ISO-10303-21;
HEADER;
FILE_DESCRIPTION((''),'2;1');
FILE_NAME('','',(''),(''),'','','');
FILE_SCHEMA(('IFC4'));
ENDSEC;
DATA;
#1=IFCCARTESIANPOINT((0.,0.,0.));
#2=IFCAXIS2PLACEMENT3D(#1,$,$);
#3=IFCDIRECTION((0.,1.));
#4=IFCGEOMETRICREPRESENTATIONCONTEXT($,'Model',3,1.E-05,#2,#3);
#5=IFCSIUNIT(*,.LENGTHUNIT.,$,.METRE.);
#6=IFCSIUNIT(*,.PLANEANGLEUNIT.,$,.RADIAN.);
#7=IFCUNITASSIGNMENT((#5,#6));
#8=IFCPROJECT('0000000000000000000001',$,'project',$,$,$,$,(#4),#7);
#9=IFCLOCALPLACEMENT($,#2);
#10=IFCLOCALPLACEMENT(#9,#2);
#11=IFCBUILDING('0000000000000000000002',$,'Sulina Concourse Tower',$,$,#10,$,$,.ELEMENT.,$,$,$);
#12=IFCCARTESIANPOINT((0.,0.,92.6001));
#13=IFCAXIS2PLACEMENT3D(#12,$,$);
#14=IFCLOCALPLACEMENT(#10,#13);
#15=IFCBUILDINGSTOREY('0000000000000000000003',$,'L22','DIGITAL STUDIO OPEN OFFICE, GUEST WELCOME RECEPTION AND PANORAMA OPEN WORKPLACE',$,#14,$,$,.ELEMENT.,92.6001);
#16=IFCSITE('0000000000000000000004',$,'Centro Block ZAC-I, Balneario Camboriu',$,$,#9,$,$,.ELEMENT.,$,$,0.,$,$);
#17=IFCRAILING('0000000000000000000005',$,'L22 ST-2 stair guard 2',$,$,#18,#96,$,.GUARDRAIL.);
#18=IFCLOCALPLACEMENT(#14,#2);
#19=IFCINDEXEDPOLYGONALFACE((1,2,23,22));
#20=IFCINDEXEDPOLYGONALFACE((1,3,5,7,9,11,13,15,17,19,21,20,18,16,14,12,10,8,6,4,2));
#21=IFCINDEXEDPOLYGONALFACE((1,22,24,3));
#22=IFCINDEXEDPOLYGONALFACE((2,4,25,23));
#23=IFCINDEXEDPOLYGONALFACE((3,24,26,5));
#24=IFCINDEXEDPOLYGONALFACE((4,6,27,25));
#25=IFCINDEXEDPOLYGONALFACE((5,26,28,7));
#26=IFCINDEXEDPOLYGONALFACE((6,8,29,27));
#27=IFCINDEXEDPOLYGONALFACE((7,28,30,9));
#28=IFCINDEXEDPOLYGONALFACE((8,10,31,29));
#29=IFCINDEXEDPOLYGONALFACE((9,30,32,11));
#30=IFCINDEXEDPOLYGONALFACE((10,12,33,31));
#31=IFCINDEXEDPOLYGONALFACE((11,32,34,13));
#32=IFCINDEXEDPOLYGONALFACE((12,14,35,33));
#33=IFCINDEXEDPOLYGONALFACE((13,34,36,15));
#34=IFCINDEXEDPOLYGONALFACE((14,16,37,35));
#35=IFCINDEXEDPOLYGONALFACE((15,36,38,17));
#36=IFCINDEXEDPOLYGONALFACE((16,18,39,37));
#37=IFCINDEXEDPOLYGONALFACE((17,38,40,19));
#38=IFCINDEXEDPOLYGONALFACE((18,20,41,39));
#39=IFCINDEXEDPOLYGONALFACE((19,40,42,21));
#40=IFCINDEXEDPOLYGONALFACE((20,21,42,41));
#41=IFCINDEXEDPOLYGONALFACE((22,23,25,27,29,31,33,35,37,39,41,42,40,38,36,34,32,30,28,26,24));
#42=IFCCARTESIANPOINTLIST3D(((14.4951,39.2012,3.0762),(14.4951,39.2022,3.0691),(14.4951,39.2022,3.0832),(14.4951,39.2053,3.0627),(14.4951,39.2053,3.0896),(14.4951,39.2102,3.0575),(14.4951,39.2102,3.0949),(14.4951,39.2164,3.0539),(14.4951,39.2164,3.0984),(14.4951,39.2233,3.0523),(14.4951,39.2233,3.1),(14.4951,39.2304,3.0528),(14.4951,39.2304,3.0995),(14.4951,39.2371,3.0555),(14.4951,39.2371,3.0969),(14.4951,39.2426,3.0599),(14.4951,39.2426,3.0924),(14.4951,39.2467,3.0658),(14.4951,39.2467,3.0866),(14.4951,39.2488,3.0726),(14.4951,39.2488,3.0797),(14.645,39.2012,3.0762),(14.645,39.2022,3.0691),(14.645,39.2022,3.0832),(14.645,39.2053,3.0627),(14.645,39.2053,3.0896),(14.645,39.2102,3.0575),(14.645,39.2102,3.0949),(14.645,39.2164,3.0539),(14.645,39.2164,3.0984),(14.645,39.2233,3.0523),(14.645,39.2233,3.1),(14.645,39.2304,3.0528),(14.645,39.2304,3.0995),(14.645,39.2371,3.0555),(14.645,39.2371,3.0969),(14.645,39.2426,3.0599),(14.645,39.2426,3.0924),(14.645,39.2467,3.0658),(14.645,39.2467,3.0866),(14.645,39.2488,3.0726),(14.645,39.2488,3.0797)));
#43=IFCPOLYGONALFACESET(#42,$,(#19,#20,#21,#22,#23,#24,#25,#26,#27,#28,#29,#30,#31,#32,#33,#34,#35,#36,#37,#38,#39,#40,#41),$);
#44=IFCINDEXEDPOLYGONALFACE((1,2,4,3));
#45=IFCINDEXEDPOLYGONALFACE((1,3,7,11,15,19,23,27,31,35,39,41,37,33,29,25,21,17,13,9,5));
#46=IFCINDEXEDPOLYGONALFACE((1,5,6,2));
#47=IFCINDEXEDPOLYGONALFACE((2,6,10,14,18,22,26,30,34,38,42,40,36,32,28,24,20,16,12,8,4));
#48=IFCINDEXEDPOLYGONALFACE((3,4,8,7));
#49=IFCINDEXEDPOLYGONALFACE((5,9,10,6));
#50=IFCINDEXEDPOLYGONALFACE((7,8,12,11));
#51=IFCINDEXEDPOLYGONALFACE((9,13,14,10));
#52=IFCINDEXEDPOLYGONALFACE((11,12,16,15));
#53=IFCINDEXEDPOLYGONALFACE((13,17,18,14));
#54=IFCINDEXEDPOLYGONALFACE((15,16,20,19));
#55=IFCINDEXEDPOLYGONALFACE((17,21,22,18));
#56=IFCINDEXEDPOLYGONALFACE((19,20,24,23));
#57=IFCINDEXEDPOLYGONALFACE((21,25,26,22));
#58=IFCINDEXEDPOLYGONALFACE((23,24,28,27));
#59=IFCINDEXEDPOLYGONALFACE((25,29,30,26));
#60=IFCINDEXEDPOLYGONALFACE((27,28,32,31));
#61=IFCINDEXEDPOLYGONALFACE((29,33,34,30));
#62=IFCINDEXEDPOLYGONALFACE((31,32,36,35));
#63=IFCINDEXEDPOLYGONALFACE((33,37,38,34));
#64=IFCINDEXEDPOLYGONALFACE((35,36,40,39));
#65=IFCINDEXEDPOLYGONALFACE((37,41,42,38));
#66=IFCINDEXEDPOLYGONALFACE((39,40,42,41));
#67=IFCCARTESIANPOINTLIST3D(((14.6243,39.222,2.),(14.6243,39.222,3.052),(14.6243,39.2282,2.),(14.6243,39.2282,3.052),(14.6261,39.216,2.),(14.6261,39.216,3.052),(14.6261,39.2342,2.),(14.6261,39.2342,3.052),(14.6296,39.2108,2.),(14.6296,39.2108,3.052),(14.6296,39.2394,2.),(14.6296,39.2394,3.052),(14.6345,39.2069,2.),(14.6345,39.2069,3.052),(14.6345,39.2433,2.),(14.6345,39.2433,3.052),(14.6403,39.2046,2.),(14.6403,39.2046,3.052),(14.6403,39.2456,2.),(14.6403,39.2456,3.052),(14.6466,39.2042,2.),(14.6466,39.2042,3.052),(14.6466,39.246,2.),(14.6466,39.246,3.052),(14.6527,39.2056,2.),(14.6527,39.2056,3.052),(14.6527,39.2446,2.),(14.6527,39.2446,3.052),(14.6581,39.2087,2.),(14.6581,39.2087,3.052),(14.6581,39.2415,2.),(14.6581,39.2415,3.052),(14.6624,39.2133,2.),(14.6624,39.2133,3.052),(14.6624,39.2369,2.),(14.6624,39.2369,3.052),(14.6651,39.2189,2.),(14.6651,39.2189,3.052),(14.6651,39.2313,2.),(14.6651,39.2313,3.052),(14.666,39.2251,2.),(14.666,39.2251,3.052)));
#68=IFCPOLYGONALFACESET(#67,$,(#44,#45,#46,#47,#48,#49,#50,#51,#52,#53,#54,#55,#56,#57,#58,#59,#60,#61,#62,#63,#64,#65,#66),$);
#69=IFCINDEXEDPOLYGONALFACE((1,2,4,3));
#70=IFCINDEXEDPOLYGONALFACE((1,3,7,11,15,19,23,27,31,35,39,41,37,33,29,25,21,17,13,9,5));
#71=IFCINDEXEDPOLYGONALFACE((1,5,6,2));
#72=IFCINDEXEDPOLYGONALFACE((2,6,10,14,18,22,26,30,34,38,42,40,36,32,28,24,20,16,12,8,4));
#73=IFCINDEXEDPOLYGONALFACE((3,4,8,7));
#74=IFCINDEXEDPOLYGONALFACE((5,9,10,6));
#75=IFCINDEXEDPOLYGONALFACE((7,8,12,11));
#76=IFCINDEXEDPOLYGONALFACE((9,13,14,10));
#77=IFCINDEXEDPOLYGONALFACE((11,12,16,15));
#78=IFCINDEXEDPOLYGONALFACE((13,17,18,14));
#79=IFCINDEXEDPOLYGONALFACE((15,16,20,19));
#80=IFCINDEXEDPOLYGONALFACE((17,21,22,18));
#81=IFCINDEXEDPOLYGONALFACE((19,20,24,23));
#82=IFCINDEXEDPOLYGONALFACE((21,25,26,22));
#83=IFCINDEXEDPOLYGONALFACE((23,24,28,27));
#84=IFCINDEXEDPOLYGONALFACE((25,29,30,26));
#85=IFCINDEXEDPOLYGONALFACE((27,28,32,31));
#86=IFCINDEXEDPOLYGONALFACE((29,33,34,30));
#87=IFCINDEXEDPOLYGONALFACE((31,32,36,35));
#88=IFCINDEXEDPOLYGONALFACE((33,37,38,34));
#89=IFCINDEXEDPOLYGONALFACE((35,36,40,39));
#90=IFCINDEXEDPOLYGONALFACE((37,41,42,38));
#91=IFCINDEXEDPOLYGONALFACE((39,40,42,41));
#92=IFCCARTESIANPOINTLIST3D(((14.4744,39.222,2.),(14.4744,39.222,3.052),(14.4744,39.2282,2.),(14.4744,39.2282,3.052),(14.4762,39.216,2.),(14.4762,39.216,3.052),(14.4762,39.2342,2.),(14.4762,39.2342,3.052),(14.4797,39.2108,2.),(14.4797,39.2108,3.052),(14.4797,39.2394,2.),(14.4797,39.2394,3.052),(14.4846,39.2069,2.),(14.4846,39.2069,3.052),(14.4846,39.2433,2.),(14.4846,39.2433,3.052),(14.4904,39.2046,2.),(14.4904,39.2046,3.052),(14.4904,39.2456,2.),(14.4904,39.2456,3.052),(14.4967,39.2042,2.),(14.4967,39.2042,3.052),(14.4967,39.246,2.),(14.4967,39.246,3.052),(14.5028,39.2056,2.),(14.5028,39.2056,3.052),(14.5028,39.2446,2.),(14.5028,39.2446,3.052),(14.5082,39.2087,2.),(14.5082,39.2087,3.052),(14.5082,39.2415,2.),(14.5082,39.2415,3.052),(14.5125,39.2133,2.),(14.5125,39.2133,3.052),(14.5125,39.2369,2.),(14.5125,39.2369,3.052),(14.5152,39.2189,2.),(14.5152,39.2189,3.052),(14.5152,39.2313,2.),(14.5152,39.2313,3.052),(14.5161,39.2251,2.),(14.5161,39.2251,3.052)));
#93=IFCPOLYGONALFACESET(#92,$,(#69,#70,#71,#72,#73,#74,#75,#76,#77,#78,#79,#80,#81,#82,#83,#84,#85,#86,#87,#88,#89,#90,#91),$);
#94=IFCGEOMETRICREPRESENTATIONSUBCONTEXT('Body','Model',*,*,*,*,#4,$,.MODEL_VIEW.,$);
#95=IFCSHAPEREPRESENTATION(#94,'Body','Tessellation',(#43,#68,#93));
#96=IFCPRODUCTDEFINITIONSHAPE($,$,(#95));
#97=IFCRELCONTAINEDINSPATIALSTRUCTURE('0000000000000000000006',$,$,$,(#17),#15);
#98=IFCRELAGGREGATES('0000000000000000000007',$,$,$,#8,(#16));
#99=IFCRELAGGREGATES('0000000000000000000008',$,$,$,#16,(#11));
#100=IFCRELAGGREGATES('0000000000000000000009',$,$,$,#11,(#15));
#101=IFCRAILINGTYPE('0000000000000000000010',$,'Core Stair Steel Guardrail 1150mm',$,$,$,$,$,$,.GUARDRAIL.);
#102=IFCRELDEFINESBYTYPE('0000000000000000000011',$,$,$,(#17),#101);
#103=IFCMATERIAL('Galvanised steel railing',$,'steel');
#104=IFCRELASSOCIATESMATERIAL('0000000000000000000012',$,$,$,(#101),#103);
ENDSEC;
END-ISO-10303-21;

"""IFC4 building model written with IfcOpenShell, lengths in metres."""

from ifc_helpers import new_model, si_unit, direction, frame, origin, origin_2d, place, context, subcontext, project, spatial, circle, extrude, material, type_object, element, save


model = new_model("IFC4")

# Units and contexts
model_context = context("Model", 3, precision=1e-05, world=origin(), true_north=direction((0.0, 1.0)))
body_context = subcontext(model_context, "Body", "Model", "MODEL_VIEW")
ifc_project = project(units=[si_unit("LENGTHUNIT", "METRE"), si_unit("PLANEANGLEUNIT", "RADIAN")], contexts=[model_context])

# Site, building, storey
site_placement = place(None, origin())
site = spatial("IfcSite", under=ifc_project, at=site_placement, Name="Centro Block ZAC-I, Balneario Camboriu", CompositionType="ELEMENT", RefElevation=0.0)
building_placement = place(site_placement, origin())
building = spatial("IfcBuilding", under=site, at=building_placement, Name="Sulina Concourse Tower", CompositionType="ELEMENT")
storey_placement = place(building_placement, frame((0.0, 0.0, 92.6001)))
storey = spatial("IfcBuildingStorey", under=building, at=storey_placement, Name="L22", Description="DIGITAL STUDIO OPEN OFFICE, GUEST WELCOME RECEPTION AND PANORAMA OPEN WORKPLACE", CompositionType="ELEMENT", Elevation=92.6001)

# Railing
ifc_material_1 = material(Name="Galvanised steel railing", Category="steel")
railing_type_1 = type_object("IfcRailingType", Name="Core Stair Steel Guardrail 1150mm", PredefinedType="GUARDRAIL", material=ifc_material_1)
railing_1_placement = place(storey_placement, frame((14.645, 39.2251, 2.0)))
element("IfcRailing", 1, at=railing_1_placement, inside=storey, type_object=railing_type_1, Name="L22 ST-2 stair guard 2", PredefinedType="GUARDRAIL", context=body_context, shape_type="SweptSolid", body=[
    extrude(circle(Radius=0.0239, at=origin_2d()), frame((0.0, 0.0, 1.0762), z_axis=(-1.0, 0.0, 0.0), x_axis=(0.0, -1.0, 0.0)), (0.0, 0.0, 1.0), 0.1499),
    extrude(circle(Radius=0.021, at=origin_2d()), origin(), (0.0, 0.0, 1.0), 1.052),
    extrude(circle(Radius=0.021, at=origin_2d()), frame((-0.1499, 0.0, 0.0)), (0.0, 0.0, 1.0), 1.052),
])

save(model, "model.ifc")
